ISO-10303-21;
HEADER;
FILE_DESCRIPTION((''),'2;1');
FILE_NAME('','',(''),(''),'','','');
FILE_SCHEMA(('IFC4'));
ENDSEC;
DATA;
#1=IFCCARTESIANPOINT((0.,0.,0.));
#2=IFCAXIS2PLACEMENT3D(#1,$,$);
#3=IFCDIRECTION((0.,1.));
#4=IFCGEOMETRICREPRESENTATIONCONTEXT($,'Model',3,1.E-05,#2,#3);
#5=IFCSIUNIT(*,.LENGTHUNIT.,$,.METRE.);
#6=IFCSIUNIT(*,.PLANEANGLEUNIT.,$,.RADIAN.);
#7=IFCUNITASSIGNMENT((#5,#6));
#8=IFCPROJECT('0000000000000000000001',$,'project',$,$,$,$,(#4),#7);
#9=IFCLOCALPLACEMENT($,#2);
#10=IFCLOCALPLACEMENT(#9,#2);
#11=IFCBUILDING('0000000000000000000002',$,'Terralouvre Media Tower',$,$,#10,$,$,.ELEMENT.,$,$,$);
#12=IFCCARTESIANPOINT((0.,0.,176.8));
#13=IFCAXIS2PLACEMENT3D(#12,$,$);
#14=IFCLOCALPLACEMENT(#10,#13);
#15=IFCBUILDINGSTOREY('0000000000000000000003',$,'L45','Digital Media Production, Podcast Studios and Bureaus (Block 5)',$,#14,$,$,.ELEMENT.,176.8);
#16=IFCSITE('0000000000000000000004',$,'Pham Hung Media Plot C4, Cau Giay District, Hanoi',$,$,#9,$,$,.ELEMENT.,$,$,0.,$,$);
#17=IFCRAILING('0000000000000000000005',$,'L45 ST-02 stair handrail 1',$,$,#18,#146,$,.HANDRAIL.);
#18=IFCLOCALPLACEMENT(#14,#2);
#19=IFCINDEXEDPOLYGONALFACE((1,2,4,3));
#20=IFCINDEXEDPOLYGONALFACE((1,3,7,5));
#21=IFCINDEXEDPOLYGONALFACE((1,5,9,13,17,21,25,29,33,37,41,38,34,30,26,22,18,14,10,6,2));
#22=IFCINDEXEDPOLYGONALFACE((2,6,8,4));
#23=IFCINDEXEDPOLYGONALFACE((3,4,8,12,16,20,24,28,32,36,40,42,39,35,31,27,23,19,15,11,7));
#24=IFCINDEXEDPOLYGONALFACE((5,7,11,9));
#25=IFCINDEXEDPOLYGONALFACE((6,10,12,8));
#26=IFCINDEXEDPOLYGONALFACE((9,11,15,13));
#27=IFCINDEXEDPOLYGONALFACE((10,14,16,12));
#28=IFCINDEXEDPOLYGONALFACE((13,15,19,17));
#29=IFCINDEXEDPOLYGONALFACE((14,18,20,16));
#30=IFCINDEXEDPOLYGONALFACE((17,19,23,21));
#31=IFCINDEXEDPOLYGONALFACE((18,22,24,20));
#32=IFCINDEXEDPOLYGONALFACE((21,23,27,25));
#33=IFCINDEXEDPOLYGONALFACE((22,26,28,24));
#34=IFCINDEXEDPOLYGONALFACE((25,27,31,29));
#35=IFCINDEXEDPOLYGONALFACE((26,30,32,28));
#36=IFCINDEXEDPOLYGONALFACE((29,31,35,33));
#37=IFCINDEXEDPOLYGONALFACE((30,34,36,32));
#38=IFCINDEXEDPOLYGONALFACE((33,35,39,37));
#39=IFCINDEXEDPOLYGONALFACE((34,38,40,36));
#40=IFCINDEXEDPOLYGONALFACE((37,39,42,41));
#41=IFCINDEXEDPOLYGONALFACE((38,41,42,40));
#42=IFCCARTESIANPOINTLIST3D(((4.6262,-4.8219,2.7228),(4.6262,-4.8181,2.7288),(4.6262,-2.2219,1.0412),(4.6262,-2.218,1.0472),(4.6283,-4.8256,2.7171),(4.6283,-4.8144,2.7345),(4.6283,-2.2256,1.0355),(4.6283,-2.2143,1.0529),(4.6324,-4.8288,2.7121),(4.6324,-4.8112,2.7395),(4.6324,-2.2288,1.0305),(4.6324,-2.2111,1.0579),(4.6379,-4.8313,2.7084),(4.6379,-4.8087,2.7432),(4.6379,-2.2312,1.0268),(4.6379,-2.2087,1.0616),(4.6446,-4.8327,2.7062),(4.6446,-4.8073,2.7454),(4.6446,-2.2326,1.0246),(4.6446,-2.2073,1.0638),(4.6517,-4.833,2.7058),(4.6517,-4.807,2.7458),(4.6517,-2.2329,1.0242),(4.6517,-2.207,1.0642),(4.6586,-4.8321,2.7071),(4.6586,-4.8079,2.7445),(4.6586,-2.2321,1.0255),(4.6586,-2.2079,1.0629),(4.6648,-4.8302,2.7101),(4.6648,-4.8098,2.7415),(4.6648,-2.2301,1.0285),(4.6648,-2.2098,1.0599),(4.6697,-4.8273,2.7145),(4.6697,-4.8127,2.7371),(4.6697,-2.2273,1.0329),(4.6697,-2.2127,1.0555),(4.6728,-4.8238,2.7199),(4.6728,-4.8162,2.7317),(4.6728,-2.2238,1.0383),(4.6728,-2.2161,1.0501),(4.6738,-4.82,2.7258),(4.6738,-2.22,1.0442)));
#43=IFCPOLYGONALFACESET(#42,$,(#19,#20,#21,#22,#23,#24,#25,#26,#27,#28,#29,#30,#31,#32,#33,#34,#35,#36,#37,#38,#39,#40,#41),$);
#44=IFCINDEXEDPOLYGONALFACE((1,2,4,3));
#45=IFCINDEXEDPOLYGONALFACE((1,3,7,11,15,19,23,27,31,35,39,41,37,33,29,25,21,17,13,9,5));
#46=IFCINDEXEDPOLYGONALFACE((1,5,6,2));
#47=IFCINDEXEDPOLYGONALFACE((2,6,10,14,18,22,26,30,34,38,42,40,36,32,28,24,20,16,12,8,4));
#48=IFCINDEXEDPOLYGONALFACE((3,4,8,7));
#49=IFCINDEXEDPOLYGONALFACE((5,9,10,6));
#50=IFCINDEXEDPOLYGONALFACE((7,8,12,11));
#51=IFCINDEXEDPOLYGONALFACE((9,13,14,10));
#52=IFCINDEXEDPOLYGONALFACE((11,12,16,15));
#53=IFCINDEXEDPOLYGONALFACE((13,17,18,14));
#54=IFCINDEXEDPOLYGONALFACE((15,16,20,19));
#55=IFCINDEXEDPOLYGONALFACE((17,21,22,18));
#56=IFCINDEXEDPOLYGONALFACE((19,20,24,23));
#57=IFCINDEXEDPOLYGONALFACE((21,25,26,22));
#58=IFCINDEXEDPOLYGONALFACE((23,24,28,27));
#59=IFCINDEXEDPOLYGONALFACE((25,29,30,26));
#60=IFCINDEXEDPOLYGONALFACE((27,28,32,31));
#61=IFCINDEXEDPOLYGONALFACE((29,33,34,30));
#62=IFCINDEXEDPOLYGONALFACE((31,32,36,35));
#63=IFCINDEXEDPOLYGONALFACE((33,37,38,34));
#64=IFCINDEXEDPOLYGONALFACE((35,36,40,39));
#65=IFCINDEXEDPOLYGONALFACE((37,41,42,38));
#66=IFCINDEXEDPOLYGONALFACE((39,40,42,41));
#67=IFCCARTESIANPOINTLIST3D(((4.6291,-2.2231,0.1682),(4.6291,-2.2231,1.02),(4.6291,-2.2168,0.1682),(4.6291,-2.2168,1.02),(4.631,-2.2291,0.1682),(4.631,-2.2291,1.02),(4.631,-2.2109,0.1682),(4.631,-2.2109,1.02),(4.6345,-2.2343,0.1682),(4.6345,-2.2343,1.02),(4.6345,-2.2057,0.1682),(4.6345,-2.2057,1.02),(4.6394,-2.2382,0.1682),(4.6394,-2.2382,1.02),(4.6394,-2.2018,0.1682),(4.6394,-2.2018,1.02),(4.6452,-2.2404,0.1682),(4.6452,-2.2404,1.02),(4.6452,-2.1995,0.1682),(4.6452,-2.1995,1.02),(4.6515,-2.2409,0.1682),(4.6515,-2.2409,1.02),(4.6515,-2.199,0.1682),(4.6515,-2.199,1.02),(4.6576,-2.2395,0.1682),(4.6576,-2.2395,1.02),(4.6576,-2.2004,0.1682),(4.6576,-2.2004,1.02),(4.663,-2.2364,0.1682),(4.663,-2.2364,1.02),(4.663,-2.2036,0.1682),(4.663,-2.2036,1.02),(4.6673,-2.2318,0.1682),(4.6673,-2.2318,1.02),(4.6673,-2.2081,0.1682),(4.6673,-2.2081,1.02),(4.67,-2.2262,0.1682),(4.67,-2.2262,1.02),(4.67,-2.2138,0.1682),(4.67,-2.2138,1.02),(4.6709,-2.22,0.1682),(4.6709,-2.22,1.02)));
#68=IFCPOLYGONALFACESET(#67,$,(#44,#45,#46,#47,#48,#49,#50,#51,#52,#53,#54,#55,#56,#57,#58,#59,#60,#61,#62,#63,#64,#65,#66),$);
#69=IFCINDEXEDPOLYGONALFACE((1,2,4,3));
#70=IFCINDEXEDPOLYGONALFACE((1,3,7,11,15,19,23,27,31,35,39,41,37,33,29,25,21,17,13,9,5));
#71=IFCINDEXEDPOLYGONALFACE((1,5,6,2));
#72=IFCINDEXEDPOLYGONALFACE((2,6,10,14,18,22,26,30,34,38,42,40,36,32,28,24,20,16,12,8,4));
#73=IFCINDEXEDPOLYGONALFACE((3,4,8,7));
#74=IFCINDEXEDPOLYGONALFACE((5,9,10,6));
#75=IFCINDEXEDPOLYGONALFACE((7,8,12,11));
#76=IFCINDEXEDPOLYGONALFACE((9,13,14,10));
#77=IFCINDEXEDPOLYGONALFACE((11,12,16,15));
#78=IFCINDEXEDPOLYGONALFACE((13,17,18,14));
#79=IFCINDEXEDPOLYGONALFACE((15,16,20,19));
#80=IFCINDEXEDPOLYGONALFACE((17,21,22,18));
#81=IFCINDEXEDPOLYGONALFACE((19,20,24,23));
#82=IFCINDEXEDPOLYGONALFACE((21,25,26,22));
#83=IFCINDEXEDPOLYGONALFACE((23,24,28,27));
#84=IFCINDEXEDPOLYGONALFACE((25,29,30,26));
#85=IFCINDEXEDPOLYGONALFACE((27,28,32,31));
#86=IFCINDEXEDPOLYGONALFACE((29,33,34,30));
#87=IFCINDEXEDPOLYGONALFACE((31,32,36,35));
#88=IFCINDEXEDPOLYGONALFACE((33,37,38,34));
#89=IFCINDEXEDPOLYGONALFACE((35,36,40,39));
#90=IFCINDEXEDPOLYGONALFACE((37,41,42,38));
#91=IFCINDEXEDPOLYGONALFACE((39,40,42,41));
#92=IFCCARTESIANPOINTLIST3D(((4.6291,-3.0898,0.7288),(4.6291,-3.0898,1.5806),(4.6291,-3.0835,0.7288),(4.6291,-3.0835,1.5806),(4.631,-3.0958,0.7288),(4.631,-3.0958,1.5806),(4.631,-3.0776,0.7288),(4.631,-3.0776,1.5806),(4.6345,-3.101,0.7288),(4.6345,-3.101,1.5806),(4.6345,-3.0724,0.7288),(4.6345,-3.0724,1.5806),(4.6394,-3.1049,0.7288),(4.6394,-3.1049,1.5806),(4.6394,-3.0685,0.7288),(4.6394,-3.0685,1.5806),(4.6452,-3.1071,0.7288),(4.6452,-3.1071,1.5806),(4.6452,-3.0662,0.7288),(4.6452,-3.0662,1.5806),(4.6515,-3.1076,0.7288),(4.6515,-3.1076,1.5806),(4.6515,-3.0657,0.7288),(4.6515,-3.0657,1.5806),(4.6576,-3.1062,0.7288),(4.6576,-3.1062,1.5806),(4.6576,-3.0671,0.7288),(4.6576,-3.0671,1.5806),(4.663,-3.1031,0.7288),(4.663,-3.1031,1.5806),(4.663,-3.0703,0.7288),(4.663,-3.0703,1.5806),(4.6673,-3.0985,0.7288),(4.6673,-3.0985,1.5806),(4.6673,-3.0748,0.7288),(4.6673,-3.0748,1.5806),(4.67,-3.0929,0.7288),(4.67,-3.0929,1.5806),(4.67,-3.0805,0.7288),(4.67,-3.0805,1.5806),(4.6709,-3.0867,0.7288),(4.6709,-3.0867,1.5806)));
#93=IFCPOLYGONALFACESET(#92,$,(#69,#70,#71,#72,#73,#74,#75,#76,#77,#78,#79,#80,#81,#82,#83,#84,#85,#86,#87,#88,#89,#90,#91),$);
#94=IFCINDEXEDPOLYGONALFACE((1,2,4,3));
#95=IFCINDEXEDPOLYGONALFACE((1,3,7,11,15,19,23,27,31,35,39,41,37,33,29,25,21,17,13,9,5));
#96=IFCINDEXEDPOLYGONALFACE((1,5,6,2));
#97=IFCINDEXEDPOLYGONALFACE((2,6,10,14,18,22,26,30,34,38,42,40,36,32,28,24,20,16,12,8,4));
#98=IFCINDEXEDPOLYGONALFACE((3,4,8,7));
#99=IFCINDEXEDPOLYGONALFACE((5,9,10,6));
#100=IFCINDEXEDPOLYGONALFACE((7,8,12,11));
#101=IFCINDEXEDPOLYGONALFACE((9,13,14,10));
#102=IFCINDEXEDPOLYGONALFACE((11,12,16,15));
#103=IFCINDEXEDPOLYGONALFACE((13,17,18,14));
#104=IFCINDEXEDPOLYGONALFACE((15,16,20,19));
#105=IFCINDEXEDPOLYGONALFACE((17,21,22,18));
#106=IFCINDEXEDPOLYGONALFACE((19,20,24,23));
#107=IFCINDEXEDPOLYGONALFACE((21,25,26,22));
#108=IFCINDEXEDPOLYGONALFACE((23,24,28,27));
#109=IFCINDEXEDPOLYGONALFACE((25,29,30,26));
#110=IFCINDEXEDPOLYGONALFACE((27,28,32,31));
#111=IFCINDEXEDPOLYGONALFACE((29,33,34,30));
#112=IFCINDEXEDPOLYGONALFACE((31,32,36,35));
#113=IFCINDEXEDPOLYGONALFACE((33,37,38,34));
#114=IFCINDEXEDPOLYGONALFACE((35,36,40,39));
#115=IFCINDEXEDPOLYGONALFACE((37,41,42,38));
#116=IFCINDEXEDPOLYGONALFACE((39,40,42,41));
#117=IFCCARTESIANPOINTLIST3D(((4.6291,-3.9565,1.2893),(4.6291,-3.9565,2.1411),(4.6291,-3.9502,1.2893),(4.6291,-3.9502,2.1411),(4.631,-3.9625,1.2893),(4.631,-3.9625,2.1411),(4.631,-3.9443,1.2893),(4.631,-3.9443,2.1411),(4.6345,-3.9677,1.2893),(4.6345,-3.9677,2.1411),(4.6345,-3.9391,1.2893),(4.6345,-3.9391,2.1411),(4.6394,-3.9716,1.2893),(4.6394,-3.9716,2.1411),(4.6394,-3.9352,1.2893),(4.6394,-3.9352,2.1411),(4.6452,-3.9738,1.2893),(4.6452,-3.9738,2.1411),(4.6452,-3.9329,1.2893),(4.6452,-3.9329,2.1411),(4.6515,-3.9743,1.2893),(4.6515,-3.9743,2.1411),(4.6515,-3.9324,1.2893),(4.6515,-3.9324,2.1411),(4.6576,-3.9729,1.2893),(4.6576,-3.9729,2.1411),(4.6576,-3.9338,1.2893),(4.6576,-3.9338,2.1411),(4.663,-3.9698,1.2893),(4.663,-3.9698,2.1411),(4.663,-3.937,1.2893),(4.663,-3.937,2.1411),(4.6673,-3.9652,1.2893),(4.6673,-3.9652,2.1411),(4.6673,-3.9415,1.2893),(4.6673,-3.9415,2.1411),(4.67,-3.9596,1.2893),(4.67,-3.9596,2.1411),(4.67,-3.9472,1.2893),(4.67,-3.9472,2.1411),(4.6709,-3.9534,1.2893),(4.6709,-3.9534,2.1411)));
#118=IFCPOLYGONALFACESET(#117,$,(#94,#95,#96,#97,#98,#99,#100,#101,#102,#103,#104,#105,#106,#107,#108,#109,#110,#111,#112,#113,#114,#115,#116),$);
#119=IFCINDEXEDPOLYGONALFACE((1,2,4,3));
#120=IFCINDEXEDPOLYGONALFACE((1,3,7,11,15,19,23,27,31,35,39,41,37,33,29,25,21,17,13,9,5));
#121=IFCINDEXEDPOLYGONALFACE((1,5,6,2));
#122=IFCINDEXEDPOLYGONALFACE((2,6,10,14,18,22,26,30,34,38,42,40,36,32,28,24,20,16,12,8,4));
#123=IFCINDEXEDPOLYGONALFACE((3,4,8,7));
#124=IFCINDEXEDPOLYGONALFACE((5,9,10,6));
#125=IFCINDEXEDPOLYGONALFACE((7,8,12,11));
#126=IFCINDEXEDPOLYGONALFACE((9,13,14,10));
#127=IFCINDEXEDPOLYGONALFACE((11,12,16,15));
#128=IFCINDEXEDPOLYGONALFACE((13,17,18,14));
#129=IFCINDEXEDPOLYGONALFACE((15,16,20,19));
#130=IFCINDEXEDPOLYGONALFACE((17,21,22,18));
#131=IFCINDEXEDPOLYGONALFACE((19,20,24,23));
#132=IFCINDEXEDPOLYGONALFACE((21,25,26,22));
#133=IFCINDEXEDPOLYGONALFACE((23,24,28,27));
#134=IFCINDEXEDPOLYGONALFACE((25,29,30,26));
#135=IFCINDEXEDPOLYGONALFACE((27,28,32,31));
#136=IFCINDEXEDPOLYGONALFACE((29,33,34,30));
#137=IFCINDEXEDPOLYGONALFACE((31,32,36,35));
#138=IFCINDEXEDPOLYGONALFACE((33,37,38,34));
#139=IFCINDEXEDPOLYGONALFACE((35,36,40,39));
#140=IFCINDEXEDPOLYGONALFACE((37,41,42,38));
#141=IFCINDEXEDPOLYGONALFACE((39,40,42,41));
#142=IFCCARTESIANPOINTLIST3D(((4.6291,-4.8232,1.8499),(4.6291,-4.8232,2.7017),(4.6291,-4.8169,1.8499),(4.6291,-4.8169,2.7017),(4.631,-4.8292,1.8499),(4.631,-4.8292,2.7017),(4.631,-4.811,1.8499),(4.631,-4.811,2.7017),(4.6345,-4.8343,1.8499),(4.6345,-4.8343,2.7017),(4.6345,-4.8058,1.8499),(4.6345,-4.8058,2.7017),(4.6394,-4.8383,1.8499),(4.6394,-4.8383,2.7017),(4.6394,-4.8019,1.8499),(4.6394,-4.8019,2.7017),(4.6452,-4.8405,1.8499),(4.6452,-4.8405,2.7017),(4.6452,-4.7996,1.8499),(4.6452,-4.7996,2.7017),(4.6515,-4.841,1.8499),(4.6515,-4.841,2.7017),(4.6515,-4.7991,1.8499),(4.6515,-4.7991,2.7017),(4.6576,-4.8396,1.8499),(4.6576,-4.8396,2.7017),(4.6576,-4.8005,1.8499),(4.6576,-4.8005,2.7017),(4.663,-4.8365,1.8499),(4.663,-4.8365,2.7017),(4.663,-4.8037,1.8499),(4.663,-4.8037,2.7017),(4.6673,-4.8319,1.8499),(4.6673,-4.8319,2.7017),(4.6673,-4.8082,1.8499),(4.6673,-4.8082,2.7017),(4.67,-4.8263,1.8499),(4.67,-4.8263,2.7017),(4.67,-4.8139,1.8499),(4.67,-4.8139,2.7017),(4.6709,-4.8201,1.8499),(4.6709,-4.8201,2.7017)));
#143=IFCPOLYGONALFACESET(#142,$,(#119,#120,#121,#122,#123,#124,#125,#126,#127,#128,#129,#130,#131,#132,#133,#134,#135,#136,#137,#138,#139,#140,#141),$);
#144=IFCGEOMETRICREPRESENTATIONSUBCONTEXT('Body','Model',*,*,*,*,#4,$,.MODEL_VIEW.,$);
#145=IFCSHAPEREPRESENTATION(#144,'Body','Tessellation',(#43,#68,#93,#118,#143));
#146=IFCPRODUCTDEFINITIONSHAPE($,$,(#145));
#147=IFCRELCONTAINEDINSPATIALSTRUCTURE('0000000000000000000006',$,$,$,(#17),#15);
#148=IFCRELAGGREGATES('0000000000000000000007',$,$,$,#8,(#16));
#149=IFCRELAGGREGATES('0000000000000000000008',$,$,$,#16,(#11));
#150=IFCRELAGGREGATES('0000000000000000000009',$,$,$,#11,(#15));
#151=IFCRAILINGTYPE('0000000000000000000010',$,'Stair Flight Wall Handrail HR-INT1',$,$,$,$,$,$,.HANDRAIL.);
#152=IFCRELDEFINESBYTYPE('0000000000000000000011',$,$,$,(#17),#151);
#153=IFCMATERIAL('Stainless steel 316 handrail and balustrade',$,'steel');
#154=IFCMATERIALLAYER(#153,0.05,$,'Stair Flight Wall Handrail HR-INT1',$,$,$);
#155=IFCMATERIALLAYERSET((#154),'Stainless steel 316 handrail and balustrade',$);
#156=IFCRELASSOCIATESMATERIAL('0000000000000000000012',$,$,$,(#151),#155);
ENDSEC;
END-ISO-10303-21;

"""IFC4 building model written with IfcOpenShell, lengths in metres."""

from ifc_helpers import new_model, si_unit, direction, frame, origin, origin_2d, place, context, subcontext, project, spatial, circle, extrude, material, layer, layer_set, type_object, element, save


model = new_model("IFC4")

# Units and contexts
model_context = context("Model", 3, precision=1e-05, world=origin(), true_north=direction((0.0, 1.0)))
body_context = subcontext(model_context, "Body", "Model", "MODEL_VIEW")
ifc_project = project(units=[si_unit("LENGTHUNIT", "METRE"), si_unit("PLANEANGLEUNIT", "RADIAN")], contexts=[model_context])

# Site, building, storey
site_placement = place(None, origin())
site = spatial("IfcSite", under=ifc_project, at=site_placement, Name="Pham Hung Media Plot C4, Cau Giay District, Hanoi", CompositionType="ELEMENT", RefElevation=0.0)
building_placement = place(site_placement, origin())
building = spatial("IfcBuilding", under=site, at=building_placement, Name="Terralouvre Media Tower", CompositionType="ELEMENT")
storey_placement = place(building_placement, frame((0.0, 0.0, 176.8)))
storey = spatial("IfcBuildingStorey", under=building, at=storey_placement, Name="L45", Description="Digital Media Production, Podcast Studios and Bureaus (Block 5)", CompositionType="ELEMENT", Elevation=176.8)

# Railing
ifc_material_1 = material(Name="Stainless steel 316 handrail and balustrade", Category="steel")
ifc_layer_1 = layer(ifc_material_1, 0.05, Name="Stair Flight Wall Handrail HR-INT1")
ifc_layer_set_1 = layer_set([ifc_layer_1], Name="Stainless steel 316 handrail and balustrade")
railing_type_1 = type_object("IfcRailingType", Name="Stair Flight Wall Handrail HR-INT1", PredefinedType="HANDRAIL", material=ifc_layer_set_1)
railing_1_placement = place(storey_placement, frame((4.6499, -2.22, 0.1682)))
element("IfcRailing", 1, at=railing_1_placement, inside=storey, type_object=railing_type_1, Name="L45 ST-02 stair handrail 1", PredefinedType="HANDRAIL", context=body_context, shape_type="SweptSolid", body=[
    extrude(circle(Radius=0.0239, at=origin_2d()), frame((0.0, 0.0, 0.876), z_axis=(0.0, -0.839684, 0.543075), x_axis=(1.0, 0.0, 0.0)), (0.0, 0.0, 1.0), 3.0964),
    extrude(circle(Radius=0.021, at=origin_2d()), origin(), (0.0, 0.0, 1.0), 0.8518),
    extrude(circle(Radius=0.021, at=origin_2d()), frame((0.0, -0.8667, 0.5605)), (0.0, 0.0, 1.0), 0.8518),
    extrude(circle(Radius=0.021, at=origin_2d()), frame((0.0, -1.7334, 1.1211)), (0.0, 0.0, 1.0), 0.8518),
    extrude(circle(Radius=0.021, at=origin_2d()), frame((0.0, -2.6001, 1.6816)), (0.0, 0.0, 1.0), 0.8518),
])

save(model, "model.ifc")
